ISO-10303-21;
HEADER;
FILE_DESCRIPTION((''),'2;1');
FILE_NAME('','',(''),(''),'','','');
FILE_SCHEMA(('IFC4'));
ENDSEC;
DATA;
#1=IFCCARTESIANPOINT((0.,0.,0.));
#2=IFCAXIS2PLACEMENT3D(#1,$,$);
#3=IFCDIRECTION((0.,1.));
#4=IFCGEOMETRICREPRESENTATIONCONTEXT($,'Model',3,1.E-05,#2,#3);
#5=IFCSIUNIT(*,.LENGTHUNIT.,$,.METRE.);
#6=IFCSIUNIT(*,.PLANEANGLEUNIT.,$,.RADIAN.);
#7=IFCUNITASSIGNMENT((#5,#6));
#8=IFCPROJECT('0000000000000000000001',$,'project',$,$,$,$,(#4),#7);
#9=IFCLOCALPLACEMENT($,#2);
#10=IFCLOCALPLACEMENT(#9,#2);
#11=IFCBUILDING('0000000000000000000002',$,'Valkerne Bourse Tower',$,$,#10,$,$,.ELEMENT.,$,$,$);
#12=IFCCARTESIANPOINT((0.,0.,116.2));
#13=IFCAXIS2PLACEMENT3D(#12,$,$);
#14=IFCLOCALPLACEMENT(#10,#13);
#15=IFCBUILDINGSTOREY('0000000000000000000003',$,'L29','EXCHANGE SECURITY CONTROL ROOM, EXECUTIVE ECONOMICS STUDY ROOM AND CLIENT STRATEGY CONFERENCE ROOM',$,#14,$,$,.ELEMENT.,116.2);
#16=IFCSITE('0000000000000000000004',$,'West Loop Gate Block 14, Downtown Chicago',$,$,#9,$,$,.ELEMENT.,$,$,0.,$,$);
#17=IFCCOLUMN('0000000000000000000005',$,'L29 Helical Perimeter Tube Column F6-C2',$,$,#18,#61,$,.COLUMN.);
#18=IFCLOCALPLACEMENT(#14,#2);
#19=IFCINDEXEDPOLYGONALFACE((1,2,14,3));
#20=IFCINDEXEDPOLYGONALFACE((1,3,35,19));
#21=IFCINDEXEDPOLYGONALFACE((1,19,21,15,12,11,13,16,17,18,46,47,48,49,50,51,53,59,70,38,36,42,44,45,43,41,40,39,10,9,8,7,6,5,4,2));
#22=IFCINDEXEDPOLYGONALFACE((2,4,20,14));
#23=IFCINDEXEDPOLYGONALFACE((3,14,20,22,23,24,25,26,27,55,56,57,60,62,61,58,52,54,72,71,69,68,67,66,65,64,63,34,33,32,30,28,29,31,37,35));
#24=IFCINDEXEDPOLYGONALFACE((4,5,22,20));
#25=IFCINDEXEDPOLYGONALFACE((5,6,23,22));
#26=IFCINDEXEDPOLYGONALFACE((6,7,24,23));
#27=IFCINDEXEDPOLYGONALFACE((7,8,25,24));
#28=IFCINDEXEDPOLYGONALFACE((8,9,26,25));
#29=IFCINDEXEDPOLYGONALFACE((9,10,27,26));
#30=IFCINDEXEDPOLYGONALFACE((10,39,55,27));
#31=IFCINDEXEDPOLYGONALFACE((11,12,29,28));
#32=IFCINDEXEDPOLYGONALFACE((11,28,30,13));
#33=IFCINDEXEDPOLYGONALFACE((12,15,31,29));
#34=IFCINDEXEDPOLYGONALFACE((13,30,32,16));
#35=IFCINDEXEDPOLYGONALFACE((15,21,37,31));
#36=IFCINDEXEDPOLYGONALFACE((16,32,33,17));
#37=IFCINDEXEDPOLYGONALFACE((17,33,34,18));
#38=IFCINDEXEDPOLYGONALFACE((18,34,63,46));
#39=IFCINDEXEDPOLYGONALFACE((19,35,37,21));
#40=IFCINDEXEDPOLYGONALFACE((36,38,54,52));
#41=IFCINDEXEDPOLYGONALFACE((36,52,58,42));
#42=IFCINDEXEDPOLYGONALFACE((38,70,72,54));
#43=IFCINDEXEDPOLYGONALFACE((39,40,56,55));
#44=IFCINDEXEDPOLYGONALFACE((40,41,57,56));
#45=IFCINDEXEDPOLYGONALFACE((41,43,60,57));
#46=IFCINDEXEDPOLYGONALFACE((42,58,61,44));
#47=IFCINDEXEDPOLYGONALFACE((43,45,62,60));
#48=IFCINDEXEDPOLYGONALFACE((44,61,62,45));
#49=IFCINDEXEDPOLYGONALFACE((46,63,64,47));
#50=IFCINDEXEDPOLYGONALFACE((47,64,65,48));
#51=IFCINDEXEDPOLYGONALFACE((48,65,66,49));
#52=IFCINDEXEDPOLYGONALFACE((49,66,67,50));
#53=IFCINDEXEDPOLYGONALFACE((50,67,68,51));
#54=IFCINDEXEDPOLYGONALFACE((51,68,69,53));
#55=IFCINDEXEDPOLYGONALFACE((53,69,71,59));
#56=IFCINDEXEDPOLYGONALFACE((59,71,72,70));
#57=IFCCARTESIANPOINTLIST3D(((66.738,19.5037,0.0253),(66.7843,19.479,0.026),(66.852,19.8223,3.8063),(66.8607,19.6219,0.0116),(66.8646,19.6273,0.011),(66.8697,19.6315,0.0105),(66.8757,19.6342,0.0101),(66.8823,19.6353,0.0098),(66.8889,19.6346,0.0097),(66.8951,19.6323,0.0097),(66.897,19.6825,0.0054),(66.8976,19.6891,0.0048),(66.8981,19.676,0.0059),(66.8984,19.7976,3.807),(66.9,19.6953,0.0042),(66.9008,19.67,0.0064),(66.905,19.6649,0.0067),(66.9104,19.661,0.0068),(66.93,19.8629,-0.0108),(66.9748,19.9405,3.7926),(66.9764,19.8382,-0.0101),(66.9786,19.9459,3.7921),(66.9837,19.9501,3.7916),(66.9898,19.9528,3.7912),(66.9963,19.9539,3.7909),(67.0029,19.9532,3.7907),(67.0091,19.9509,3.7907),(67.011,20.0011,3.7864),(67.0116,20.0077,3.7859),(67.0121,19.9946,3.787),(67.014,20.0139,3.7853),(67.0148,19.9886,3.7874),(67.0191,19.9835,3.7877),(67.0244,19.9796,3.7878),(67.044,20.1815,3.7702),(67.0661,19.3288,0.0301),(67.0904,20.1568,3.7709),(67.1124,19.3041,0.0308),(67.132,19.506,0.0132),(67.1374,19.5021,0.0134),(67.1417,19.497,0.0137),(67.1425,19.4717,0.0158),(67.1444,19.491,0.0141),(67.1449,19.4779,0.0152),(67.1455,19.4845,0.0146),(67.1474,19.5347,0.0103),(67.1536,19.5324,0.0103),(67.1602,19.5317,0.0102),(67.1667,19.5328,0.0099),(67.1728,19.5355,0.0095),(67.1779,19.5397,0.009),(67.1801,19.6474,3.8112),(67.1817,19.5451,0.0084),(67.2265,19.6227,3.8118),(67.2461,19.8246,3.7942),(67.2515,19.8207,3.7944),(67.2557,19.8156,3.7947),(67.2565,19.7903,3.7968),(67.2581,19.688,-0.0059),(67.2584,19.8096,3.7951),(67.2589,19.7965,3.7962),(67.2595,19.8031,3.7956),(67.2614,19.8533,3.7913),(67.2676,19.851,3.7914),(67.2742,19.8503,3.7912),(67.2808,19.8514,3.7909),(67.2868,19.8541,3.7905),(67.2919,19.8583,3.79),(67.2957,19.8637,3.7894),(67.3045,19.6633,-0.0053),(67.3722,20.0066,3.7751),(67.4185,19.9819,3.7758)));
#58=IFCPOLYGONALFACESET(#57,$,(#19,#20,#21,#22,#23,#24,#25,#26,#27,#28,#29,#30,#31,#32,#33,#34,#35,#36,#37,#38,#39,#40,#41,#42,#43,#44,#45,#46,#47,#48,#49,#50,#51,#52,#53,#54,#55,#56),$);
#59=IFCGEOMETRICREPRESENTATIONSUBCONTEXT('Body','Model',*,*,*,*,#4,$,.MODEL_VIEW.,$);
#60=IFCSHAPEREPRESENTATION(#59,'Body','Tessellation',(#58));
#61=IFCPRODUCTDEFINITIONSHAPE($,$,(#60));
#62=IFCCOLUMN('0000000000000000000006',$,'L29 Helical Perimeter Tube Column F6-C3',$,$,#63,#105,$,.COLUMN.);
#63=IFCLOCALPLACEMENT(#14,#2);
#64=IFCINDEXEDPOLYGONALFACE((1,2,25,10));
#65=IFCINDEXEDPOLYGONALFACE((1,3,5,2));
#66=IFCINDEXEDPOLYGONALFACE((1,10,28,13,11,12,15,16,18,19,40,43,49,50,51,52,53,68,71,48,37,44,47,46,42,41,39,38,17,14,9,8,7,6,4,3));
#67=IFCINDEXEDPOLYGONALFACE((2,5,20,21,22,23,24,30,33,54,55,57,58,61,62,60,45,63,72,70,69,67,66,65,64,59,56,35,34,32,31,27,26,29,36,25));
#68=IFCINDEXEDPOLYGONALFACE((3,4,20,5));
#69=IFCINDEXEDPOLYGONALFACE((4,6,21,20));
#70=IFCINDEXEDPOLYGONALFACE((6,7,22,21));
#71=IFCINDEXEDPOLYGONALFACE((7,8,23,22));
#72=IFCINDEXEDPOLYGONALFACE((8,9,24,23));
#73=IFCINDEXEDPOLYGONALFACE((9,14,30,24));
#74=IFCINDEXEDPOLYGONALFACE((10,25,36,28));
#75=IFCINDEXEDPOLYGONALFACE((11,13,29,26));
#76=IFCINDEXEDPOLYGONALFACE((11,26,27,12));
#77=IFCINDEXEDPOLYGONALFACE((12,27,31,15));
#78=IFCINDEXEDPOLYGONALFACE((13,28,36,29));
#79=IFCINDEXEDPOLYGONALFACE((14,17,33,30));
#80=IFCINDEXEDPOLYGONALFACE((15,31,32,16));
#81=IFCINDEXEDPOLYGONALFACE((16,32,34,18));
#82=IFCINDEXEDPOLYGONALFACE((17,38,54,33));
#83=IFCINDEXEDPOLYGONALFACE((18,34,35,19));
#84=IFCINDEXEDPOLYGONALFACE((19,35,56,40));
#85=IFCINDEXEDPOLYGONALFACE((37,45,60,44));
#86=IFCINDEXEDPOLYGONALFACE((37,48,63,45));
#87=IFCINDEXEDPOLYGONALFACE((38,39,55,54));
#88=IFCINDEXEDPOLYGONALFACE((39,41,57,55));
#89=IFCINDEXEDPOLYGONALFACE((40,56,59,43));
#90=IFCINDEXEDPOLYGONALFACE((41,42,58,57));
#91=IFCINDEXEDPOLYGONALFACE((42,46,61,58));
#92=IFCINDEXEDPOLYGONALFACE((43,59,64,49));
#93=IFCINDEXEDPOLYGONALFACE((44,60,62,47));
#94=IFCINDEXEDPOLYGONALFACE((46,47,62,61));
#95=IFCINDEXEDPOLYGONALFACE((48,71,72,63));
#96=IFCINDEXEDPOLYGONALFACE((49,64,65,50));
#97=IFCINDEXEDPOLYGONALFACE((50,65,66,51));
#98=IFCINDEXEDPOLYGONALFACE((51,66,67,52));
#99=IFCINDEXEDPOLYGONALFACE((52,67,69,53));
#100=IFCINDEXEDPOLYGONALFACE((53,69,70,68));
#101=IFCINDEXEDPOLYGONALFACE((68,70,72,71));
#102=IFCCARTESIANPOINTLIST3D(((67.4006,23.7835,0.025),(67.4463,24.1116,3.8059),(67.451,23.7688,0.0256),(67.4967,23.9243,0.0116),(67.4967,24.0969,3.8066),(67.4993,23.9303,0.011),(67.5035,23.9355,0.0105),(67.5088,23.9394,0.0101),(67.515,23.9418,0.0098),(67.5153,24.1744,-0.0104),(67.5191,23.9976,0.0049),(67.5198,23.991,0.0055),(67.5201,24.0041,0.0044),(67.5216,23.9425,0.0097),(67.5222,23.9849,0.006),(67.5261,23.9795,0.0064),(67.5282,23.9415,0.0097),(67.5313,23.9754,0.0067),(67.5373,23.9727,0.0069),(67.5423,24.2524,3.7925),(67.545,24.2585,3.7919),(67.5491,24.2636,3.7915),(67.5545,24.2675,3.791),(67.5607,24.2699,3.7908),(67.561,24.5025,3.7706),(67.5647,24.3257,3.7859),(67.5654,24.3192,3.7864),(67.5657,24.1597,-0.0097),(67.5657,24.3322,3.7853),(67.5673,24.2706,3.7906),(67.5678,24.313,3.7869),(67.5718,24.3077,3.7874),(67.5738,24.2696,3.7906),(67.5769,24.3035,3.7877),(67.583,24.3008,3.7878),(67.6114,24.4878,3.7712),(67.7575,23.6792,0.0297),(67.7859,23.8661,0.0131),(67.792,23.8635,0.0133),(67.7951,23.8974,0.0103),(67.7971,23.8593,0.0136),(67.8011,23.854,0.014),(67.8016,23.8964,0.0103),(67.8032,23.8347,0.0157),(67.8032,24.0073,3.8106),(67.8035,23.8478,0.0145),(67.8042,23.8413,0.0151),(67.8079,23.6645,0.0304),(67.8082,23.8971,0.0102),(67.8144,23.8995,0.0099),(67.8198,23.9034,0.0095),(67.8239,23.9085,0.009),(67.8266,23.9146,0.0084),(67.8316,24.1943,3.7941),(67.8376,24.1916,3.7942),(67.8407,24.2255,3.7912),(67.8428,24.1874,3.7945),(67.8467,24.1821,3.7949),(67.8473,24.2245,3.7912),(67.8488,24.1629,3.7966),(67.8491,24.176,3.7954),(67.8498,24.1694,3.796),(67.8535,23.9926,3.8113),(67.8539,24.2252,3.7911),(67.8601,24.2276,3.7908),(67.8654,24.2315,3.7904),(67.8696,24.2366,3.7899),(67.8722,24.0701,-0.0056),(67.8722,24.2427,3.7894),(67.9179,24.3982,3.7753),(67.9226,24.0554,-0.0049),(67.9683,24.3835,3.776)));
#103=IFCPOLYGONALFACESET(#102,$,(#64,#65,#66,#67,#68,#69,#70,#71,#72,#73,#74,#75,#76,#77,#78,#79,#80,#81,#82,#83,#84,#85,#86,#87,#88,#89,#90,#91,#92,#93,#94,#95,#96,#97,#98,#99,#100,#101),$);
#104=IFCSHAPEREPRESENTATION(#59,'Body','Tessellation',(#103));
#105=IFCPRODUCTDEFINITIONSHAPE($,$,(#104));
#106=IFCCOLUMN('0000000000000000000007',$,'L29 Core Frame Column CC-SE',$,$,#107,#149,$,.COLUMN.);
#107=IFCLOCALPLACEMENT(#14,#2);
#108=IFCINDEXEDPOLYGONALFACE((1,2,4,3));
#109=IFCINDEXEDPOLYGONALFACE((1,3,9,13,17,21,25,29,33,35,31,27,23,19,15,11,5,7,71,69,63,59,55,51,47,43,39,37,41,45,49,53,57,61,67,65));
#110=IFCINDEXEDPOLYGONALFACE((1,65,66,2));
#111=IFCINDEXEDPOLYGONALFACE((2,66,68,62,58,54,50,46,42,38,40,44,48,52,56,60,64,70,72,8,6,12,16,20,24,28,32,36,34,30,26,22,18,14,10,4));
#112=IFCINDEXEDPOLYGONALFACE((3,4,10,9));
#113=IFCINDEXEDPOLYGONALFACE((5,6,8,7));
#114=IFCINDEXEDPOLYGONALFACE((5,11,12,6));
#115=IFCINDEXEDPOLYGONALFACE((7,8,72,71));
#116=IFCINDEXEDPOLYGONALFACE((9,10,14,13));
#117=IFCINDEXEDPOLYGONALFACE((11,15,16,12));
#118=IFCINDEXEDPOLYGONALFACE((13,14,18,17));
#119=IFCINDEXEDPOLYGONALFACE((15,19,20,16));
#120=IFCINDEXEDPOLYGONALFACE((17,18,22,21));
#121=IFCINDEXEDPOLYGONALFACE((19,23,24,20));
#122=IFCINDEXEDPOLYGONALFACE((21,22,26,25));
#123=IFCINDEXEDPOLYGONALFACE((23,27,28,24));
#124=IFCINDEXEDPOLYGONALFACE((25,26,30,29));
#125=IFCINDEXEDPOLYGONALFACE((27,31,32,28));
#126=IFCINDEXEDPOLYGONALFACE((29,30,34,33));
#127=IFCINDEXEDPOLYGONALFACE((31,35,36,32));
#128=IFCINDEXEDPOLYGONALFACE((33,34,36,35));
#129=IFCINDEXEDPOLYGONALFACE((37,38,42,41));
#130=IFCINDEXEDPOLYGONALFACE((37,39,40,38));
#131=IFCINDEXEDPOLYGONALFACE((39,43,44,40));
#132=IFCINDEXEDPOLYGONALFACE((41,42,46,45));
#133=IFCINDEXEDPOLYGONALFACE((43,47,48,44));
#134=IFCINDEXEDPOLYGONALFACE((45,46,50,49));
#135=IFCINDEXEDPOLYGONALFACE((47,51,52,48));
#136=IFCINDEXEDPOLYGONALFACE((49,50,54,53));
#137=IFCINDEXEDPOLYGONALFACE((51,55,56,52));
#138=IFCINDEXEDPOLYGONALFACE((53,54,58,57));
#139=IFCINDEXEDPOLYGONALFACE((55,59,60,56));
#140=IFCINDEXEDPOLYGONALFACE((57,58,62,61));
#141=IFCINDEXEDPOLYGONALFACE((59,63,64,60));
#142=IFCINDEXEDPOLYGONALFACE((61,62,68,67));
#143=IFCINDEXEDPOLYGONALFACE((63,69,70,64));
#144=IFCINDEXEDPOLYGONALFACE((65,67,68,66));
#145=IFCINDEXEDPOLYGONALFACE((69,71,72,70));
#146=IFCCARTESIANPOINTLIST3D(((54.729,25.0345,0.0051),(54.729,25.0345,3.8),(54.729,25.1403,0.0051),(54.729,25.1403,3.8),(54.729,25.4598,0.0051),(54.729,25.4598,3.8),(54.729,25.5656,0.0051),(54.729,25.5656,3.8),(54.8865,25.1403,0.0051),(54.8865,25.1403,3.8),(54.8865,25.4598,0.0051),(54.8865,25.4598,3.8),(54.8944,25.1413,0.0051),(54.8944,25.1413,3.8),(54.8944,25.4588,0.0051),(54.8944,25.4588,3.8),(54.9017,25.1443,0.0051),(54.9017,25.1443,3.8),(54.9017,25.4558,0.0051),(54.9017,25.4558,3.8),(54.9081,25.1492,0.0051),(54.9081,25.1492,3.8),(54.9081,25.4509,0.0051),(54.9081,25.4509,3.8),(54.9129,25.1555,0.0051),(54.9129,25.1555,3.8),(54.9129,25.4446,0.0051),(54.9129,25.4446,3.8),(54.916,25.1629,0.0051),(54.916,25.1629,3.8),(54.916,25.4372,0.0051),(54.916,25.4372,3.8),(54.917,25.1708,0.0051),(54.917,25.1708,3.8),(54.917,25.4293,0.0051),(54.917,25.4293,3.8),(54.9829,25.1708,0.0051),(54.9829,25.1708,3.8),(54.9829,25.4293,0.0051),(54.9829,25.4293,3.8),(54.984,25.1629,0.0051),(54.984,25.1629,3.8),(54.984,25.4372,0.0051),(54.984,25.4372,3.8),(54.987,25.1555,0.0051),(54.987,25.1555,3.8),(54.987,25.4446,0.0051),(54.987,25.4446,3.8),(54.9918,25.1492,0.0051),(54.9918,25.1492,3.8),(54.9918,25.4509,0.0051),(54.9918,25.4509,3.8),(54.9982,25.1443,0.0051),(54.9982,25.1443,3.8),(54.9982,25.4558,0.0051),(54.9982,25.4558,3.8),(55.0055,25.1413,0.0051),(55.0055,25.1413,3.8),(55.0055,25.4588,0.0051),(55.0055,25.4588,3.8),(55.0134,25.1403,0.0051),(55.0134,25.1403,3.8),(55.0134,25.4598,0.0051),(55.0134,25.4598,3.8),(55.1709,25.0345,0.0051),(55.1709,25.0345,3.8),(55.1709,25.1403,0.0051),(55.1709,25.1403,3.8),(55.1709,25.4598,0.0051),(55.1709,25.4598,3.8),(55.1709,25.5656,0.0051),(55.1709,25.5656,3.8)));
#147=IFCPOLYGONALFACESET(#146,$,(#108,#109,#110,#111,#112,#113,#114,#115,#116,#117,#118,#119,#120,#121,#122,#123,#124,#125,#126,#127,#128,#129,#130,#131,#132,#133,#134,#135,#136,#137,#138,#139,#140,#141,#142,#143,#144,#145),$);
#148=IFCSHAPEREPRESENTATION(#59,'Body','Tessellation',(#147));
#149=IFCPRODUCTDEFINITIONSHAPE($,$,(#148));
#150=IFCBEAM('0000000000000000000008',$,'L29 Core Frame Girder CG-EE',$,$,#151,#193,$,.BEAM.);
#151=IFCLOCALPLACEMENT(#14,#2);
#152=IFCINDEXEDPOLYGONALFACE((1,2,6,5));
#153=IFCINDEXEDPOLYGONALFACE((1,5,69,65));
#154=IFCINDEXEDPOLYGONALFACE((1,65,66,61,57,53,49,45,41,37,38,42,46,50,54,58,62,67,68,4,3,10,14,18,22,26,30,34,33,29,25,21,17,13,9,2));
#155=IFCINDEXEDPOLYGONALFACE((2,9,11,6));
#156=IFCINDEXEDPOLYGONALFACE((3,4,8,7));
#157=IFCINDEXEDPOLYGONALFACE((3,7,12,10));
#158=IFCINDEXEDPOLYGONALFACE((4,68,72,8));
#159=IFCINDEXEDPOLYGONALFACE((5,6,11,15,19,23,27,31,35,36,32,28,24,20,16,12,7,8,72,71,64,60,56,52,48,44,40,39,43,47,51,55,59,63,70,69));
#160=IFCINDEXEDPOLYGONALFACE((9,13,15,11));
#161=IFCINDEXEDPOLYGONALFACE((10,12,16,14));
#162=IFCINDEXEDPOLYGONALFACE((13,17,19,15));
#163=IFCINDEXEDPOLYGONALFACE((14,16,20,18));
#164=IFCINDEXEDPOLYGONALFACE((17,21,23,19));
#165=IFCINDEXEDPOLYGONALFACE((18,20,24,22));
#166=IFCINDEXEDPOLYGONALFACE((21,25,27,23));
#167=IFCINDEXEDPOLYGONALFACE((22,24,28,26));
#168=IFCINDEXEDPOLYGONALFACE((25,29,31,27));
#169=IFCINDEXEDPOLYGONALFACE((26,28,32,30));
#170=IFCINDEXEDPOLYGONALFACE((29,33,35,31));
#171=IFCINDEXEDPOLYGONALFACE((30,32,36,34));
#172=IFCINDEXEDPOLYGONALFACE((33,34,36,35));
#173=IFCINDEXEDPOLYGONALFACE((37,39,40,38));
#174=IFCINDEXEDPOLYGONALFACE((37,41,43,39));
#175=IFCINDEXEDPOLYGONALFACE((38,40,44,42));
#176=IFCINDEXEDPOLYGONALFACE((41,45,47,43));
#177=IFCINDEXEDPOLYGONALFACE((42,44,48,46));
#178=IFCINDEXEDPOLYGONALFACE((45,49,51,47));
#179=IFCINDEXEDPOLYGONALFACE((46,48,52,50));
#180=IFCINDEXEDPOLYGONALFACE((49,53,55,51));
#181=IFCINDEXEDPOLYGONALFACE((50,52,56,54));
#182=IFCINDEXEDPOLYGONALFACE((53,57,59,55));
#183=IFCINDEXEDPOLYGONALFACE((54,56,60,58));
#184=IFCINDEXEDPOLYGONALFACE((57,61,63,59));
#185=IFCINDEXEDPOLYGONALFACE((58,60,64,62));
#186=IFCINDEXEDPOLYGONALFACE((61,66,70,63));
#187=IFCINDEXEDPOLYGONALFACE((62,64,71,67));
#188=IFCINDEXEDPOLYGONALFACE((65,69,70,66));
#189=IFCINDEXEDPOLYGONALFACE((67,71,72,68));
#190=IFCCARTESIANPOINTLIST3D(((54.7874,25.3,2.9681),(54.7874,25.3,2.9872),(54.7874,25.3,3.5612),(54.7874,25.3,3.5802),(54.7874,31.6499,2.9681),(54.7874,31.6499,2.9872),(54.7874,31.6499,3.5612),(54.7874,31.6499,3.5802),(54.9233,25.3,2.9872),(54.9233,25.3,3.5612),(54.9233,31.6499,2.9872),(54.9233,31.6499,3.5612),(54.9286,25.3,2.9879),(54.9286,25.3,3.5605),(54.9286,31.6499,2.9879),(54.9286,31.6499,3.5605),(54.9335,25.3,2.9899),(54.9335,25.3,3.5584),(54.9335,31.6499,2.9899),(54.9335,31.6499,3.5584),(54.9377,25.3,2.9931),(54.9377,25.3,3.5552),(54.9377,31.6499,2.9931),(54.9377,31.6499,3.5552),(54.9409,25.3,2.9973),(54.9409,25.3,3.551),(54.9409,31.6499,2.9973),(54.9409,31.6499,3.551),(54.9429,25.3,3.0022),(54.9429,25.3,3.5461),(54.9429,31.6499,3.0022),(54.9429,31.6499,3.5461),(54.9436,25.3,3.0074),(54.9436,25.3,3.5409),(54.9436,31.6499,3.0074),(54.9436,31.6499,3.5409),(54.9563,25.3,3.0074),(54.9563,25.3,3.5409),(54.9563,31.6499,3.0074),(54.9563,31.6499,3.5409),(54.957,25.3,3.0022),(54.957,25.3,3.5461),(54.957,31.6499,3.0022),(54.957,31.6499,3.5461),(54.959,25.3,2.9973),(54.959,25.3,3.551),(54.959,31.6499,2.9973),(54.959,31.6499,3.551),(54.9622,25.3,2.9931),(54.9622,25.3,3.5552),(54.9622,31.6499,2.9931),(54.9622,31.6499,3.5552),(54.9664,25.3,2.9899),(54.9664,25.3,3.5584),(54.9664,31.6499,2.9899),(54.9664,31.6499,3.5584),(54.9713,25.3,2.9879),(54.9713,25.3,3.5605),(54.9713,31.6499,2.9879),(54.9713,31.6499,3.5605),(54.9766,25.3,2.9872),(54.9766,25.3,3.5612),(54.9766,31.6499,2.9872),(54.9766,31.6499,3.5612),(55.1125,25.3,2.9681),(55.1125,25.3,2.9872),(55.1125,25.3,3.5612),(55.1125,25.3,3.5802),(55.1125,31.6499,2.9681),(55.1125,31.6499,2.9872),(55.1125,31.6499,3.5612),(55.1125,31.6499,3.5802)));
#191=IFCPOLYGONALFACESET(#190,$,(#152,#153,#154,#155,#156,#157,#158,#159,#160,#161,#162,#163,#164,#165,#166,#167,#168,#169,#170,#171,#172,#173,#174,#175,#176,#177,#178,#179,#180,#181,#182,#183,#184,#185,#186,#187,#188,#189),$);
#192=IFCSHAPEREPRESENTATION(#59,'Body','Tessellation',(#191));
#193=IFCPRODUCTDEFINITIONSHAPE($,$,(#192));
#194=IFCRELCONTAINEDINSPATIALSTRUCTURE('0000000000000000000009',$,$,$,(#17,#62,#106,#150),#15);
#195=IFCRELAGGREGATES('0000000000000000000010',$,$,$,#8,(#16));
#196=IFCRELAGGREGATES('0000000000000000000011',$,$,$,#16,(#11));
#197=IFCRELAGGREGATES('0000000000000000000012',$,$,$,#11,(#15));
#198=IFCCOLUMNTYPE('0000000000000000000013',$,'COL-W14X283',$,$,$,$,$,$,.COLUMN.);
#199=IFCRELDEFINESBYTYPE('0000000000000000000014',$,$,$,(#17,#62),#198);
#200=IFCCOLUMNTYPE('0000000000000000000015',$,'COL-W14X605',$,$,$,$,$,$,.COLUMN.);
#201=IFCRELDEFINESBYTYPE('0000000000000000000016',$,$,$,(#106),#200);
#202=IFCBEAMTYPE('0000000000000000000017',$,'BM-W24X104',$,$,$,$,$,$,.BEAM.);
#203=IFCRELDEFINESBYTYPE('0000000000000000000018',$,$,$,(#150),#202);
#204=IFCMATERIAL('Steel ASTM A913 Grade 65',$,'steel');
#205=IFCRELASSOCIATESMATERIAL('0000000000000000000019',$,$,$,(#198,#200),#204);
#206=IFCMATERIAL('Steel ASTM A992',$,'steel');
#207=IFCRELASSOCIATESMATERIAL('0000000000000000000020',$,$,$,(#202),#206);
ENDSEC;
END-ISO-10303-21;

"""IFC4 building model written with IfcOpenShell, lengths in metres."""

from ifc_helpers import new_model, si_unit, direction, frame, origin, origin_2d, place, context, subcontext, project, spatial, i_section, extrude, material, material_profile, profile_set, type_object, element, save


model = new_model("IFC4")

# Units and contexts
model_context = context("Model", 3, precision=1e-05, world=origin(), true_north=direction((0.0, 1.0)))
body_context = subcontext(model_context, "Body", "Model", "MODEL_VIEW")
ifc_project = project(units=[si_unit("LENGTHUNIT", "METRE"), si_unit("PLANEANGLEUNIT", "RADIAN")], contexts=[model_context])

# Site, building, storey
site_placement = place(None, origin())
site = spatial("IfcSite", under=ifc_project, at=site_placement, Name="West Loop Gate Block 14, Downtown Chicago", CompositionType="ELEMENT", RefElevation=0.0)
building_placement = place(site_placement, origin())
building = spatial("IfcBuilding", under=site, at=building_placement, Name="Valkerne Bourse Tower", CompositionType="ELEMENT")
storey_placement = place(building_placement, frame((0.0, 0.0, 116.2)))
storey = spatial("IfcBuildingStorey", under=building, at=storey_placement, Name="L29", Description="EXCHANGE SECURITY CONTROL ROOM, EXECUTIVE ECONOMICS STUDY ROOM AND CLIENT STRATEGY CONFERENCE ROOM", CompositionType="ELEMENT", Elevation=116.2)

# Columns
ifc_material_1 = material(Name="Steel ASTM A913 Grade 65", Category="steel")
ifc_material_profile_1 = material_profile(ifc_material_1, i_section(OverallWidth=0.4089, OverallDepth=0.4243, WebThickness=0.0327, FlangeThickness=0.0525, FilletRadius=0.0254, at=origin_2d()), Name="W14X283")
ifc_profile_set_1 = profile_set([ifc_material_profile_1], Name="Steel ASTM A913 Grade 65")
column_type_1 = type_object("IfcColumnType", Name="COL-W14X283", PredefinedType="COLUMN", material=ifc_profile_set_1)
column_1_placement = place(storey_placement, frame((67.0212, 19.5835, 0.01), z_axis=(0.030034, 0.083929, 0.996019), x_axis=(-0.469531, -0.878501, 0.088185)))
element("IfcColumn", 1, at=column_1_placement, inside=storey, type_object=column_type_1, Name="L29 Helical Perimeter Tube Column F6-C2", PredefinedType="COLUMN", context=body_context, shape_type="SweptSolid", body=[
    extrude(i_section(OverallWidth=0.4089, OverallDepth=0.4243, WebThickness=0.0327, FlangeThickness=0.0525, FilletRadius=0.0254, at=origin_2d()), origin(), (0.0, 0.0, 1.0), 3.7961),
])
column_2_placement = place(storey_placement, frame((67.6616, 23.9194, 0.01), z_axis=(0.012029, 0.086451, 0.996183), x_axis=(-0.2805, -0.955962, 0.086348)))
element("IfcColumn", 2, at=column_2_placement, inside=storey, type_object=column_type_1, Name="L29 Helical Perimeter Tube Column F6-C3", PredefinedType="COLUMN", context=body_context, shape_type="SweptSolid", body=[
    extrude(i_section(OverallWidth=0.4089, OverallDepth=0.4243, WebThickness=0.0327, FlangeThickness=0.0525, FilletRadius=0.0254, at=origin_2d()), origin(), (0.0, 0.0, 1.0), 3.7954),
])
ifc_material_profile_2 = material_profile(ifc_material_1, i_section(OverallWidth=0.4419, OverallDepth=0.531, WebThickness=0.0659, FlangeThickness=0.1057, FilletRadius=0.0305, at=origin_2d()), Name="W14X605")
ifc_profile_set_2 = profile_set([ifc_material_profile_2], Name="Steel ASTM A913 Grade 65")
column_type_2 = type_object("IfcColumnType", Name="COL-W14X605", PredefinedType="COLUMN", material=ifc_profile_set_2)
column_3_placement = place(storey_placement, frame((54.95, 25.3, 0.0051), z_axis=(0.0, 0.0, 1.0), x_axis=(1.0, 0.0, 0.0)))
element("IfcColumn", 3, at=column_3_placement, inside=storey, type_object=column_type_2, Name="L29 Core Frame Column CC-SE", PredefinedType="COLUMN", context=body_context, shape_type="SweptSolid", body=[
    extrude(i_section(OverallWidth=0.4419, OverallDepth=0.531, WebThickness=0.0659, FlangeThickness=0.1057, FilletRadius=0.0305, at=origin_2d()), origin(), (0.0, 0.0, 1.0), 3.7949),
])

# Beam
ifc_material_2 = material(Name="Steel ASTM A992", Category="steel")
ifc_material_profile_3 = material_profile(ifc_material_2, i_section(OverallWidth=0.3252, OverallDepth=0.6121, WebThickness=0.0127, FlangeThickness=0.019, FilletRadius=0.0203, at=origin_2d()), Name="W24X104")
ifc_profile_set_3 = profile_set([ifc_material_profile_3], Name="Steel ASTM A992")
beam_type_1 = type_object("IfcBeamType", Name="BM-W24X104", PredefinedType="BEAM", material=ifc_profile_set_3)
beam_1_placement = place(storey_placement, frame((54.95, 25.3, 3.2742), z_axis=(0.0, 1.0, 0.0), x_axis=(-1.0, 0.0, 0.0)))
element("IfcBeam", 4, at=beam_1_placement, inside=storey, type_object=beam_type_1, Name="L29 Core Frame Girder CG-EE", PredefinedType="BEAM", context=body_context, shape_type="SweptSolid", body=[
    extrude(i_section(OverallWidth=0.3252, OverallDepth=0.6121, WebThickness=0.0127, FlangeThickness=0.019, FilletRadius=0.0203, at=origin_2d()), origin(), (0.0, 0.0, 1.0), 6.3499),
])

save(model, "model.ifc")
